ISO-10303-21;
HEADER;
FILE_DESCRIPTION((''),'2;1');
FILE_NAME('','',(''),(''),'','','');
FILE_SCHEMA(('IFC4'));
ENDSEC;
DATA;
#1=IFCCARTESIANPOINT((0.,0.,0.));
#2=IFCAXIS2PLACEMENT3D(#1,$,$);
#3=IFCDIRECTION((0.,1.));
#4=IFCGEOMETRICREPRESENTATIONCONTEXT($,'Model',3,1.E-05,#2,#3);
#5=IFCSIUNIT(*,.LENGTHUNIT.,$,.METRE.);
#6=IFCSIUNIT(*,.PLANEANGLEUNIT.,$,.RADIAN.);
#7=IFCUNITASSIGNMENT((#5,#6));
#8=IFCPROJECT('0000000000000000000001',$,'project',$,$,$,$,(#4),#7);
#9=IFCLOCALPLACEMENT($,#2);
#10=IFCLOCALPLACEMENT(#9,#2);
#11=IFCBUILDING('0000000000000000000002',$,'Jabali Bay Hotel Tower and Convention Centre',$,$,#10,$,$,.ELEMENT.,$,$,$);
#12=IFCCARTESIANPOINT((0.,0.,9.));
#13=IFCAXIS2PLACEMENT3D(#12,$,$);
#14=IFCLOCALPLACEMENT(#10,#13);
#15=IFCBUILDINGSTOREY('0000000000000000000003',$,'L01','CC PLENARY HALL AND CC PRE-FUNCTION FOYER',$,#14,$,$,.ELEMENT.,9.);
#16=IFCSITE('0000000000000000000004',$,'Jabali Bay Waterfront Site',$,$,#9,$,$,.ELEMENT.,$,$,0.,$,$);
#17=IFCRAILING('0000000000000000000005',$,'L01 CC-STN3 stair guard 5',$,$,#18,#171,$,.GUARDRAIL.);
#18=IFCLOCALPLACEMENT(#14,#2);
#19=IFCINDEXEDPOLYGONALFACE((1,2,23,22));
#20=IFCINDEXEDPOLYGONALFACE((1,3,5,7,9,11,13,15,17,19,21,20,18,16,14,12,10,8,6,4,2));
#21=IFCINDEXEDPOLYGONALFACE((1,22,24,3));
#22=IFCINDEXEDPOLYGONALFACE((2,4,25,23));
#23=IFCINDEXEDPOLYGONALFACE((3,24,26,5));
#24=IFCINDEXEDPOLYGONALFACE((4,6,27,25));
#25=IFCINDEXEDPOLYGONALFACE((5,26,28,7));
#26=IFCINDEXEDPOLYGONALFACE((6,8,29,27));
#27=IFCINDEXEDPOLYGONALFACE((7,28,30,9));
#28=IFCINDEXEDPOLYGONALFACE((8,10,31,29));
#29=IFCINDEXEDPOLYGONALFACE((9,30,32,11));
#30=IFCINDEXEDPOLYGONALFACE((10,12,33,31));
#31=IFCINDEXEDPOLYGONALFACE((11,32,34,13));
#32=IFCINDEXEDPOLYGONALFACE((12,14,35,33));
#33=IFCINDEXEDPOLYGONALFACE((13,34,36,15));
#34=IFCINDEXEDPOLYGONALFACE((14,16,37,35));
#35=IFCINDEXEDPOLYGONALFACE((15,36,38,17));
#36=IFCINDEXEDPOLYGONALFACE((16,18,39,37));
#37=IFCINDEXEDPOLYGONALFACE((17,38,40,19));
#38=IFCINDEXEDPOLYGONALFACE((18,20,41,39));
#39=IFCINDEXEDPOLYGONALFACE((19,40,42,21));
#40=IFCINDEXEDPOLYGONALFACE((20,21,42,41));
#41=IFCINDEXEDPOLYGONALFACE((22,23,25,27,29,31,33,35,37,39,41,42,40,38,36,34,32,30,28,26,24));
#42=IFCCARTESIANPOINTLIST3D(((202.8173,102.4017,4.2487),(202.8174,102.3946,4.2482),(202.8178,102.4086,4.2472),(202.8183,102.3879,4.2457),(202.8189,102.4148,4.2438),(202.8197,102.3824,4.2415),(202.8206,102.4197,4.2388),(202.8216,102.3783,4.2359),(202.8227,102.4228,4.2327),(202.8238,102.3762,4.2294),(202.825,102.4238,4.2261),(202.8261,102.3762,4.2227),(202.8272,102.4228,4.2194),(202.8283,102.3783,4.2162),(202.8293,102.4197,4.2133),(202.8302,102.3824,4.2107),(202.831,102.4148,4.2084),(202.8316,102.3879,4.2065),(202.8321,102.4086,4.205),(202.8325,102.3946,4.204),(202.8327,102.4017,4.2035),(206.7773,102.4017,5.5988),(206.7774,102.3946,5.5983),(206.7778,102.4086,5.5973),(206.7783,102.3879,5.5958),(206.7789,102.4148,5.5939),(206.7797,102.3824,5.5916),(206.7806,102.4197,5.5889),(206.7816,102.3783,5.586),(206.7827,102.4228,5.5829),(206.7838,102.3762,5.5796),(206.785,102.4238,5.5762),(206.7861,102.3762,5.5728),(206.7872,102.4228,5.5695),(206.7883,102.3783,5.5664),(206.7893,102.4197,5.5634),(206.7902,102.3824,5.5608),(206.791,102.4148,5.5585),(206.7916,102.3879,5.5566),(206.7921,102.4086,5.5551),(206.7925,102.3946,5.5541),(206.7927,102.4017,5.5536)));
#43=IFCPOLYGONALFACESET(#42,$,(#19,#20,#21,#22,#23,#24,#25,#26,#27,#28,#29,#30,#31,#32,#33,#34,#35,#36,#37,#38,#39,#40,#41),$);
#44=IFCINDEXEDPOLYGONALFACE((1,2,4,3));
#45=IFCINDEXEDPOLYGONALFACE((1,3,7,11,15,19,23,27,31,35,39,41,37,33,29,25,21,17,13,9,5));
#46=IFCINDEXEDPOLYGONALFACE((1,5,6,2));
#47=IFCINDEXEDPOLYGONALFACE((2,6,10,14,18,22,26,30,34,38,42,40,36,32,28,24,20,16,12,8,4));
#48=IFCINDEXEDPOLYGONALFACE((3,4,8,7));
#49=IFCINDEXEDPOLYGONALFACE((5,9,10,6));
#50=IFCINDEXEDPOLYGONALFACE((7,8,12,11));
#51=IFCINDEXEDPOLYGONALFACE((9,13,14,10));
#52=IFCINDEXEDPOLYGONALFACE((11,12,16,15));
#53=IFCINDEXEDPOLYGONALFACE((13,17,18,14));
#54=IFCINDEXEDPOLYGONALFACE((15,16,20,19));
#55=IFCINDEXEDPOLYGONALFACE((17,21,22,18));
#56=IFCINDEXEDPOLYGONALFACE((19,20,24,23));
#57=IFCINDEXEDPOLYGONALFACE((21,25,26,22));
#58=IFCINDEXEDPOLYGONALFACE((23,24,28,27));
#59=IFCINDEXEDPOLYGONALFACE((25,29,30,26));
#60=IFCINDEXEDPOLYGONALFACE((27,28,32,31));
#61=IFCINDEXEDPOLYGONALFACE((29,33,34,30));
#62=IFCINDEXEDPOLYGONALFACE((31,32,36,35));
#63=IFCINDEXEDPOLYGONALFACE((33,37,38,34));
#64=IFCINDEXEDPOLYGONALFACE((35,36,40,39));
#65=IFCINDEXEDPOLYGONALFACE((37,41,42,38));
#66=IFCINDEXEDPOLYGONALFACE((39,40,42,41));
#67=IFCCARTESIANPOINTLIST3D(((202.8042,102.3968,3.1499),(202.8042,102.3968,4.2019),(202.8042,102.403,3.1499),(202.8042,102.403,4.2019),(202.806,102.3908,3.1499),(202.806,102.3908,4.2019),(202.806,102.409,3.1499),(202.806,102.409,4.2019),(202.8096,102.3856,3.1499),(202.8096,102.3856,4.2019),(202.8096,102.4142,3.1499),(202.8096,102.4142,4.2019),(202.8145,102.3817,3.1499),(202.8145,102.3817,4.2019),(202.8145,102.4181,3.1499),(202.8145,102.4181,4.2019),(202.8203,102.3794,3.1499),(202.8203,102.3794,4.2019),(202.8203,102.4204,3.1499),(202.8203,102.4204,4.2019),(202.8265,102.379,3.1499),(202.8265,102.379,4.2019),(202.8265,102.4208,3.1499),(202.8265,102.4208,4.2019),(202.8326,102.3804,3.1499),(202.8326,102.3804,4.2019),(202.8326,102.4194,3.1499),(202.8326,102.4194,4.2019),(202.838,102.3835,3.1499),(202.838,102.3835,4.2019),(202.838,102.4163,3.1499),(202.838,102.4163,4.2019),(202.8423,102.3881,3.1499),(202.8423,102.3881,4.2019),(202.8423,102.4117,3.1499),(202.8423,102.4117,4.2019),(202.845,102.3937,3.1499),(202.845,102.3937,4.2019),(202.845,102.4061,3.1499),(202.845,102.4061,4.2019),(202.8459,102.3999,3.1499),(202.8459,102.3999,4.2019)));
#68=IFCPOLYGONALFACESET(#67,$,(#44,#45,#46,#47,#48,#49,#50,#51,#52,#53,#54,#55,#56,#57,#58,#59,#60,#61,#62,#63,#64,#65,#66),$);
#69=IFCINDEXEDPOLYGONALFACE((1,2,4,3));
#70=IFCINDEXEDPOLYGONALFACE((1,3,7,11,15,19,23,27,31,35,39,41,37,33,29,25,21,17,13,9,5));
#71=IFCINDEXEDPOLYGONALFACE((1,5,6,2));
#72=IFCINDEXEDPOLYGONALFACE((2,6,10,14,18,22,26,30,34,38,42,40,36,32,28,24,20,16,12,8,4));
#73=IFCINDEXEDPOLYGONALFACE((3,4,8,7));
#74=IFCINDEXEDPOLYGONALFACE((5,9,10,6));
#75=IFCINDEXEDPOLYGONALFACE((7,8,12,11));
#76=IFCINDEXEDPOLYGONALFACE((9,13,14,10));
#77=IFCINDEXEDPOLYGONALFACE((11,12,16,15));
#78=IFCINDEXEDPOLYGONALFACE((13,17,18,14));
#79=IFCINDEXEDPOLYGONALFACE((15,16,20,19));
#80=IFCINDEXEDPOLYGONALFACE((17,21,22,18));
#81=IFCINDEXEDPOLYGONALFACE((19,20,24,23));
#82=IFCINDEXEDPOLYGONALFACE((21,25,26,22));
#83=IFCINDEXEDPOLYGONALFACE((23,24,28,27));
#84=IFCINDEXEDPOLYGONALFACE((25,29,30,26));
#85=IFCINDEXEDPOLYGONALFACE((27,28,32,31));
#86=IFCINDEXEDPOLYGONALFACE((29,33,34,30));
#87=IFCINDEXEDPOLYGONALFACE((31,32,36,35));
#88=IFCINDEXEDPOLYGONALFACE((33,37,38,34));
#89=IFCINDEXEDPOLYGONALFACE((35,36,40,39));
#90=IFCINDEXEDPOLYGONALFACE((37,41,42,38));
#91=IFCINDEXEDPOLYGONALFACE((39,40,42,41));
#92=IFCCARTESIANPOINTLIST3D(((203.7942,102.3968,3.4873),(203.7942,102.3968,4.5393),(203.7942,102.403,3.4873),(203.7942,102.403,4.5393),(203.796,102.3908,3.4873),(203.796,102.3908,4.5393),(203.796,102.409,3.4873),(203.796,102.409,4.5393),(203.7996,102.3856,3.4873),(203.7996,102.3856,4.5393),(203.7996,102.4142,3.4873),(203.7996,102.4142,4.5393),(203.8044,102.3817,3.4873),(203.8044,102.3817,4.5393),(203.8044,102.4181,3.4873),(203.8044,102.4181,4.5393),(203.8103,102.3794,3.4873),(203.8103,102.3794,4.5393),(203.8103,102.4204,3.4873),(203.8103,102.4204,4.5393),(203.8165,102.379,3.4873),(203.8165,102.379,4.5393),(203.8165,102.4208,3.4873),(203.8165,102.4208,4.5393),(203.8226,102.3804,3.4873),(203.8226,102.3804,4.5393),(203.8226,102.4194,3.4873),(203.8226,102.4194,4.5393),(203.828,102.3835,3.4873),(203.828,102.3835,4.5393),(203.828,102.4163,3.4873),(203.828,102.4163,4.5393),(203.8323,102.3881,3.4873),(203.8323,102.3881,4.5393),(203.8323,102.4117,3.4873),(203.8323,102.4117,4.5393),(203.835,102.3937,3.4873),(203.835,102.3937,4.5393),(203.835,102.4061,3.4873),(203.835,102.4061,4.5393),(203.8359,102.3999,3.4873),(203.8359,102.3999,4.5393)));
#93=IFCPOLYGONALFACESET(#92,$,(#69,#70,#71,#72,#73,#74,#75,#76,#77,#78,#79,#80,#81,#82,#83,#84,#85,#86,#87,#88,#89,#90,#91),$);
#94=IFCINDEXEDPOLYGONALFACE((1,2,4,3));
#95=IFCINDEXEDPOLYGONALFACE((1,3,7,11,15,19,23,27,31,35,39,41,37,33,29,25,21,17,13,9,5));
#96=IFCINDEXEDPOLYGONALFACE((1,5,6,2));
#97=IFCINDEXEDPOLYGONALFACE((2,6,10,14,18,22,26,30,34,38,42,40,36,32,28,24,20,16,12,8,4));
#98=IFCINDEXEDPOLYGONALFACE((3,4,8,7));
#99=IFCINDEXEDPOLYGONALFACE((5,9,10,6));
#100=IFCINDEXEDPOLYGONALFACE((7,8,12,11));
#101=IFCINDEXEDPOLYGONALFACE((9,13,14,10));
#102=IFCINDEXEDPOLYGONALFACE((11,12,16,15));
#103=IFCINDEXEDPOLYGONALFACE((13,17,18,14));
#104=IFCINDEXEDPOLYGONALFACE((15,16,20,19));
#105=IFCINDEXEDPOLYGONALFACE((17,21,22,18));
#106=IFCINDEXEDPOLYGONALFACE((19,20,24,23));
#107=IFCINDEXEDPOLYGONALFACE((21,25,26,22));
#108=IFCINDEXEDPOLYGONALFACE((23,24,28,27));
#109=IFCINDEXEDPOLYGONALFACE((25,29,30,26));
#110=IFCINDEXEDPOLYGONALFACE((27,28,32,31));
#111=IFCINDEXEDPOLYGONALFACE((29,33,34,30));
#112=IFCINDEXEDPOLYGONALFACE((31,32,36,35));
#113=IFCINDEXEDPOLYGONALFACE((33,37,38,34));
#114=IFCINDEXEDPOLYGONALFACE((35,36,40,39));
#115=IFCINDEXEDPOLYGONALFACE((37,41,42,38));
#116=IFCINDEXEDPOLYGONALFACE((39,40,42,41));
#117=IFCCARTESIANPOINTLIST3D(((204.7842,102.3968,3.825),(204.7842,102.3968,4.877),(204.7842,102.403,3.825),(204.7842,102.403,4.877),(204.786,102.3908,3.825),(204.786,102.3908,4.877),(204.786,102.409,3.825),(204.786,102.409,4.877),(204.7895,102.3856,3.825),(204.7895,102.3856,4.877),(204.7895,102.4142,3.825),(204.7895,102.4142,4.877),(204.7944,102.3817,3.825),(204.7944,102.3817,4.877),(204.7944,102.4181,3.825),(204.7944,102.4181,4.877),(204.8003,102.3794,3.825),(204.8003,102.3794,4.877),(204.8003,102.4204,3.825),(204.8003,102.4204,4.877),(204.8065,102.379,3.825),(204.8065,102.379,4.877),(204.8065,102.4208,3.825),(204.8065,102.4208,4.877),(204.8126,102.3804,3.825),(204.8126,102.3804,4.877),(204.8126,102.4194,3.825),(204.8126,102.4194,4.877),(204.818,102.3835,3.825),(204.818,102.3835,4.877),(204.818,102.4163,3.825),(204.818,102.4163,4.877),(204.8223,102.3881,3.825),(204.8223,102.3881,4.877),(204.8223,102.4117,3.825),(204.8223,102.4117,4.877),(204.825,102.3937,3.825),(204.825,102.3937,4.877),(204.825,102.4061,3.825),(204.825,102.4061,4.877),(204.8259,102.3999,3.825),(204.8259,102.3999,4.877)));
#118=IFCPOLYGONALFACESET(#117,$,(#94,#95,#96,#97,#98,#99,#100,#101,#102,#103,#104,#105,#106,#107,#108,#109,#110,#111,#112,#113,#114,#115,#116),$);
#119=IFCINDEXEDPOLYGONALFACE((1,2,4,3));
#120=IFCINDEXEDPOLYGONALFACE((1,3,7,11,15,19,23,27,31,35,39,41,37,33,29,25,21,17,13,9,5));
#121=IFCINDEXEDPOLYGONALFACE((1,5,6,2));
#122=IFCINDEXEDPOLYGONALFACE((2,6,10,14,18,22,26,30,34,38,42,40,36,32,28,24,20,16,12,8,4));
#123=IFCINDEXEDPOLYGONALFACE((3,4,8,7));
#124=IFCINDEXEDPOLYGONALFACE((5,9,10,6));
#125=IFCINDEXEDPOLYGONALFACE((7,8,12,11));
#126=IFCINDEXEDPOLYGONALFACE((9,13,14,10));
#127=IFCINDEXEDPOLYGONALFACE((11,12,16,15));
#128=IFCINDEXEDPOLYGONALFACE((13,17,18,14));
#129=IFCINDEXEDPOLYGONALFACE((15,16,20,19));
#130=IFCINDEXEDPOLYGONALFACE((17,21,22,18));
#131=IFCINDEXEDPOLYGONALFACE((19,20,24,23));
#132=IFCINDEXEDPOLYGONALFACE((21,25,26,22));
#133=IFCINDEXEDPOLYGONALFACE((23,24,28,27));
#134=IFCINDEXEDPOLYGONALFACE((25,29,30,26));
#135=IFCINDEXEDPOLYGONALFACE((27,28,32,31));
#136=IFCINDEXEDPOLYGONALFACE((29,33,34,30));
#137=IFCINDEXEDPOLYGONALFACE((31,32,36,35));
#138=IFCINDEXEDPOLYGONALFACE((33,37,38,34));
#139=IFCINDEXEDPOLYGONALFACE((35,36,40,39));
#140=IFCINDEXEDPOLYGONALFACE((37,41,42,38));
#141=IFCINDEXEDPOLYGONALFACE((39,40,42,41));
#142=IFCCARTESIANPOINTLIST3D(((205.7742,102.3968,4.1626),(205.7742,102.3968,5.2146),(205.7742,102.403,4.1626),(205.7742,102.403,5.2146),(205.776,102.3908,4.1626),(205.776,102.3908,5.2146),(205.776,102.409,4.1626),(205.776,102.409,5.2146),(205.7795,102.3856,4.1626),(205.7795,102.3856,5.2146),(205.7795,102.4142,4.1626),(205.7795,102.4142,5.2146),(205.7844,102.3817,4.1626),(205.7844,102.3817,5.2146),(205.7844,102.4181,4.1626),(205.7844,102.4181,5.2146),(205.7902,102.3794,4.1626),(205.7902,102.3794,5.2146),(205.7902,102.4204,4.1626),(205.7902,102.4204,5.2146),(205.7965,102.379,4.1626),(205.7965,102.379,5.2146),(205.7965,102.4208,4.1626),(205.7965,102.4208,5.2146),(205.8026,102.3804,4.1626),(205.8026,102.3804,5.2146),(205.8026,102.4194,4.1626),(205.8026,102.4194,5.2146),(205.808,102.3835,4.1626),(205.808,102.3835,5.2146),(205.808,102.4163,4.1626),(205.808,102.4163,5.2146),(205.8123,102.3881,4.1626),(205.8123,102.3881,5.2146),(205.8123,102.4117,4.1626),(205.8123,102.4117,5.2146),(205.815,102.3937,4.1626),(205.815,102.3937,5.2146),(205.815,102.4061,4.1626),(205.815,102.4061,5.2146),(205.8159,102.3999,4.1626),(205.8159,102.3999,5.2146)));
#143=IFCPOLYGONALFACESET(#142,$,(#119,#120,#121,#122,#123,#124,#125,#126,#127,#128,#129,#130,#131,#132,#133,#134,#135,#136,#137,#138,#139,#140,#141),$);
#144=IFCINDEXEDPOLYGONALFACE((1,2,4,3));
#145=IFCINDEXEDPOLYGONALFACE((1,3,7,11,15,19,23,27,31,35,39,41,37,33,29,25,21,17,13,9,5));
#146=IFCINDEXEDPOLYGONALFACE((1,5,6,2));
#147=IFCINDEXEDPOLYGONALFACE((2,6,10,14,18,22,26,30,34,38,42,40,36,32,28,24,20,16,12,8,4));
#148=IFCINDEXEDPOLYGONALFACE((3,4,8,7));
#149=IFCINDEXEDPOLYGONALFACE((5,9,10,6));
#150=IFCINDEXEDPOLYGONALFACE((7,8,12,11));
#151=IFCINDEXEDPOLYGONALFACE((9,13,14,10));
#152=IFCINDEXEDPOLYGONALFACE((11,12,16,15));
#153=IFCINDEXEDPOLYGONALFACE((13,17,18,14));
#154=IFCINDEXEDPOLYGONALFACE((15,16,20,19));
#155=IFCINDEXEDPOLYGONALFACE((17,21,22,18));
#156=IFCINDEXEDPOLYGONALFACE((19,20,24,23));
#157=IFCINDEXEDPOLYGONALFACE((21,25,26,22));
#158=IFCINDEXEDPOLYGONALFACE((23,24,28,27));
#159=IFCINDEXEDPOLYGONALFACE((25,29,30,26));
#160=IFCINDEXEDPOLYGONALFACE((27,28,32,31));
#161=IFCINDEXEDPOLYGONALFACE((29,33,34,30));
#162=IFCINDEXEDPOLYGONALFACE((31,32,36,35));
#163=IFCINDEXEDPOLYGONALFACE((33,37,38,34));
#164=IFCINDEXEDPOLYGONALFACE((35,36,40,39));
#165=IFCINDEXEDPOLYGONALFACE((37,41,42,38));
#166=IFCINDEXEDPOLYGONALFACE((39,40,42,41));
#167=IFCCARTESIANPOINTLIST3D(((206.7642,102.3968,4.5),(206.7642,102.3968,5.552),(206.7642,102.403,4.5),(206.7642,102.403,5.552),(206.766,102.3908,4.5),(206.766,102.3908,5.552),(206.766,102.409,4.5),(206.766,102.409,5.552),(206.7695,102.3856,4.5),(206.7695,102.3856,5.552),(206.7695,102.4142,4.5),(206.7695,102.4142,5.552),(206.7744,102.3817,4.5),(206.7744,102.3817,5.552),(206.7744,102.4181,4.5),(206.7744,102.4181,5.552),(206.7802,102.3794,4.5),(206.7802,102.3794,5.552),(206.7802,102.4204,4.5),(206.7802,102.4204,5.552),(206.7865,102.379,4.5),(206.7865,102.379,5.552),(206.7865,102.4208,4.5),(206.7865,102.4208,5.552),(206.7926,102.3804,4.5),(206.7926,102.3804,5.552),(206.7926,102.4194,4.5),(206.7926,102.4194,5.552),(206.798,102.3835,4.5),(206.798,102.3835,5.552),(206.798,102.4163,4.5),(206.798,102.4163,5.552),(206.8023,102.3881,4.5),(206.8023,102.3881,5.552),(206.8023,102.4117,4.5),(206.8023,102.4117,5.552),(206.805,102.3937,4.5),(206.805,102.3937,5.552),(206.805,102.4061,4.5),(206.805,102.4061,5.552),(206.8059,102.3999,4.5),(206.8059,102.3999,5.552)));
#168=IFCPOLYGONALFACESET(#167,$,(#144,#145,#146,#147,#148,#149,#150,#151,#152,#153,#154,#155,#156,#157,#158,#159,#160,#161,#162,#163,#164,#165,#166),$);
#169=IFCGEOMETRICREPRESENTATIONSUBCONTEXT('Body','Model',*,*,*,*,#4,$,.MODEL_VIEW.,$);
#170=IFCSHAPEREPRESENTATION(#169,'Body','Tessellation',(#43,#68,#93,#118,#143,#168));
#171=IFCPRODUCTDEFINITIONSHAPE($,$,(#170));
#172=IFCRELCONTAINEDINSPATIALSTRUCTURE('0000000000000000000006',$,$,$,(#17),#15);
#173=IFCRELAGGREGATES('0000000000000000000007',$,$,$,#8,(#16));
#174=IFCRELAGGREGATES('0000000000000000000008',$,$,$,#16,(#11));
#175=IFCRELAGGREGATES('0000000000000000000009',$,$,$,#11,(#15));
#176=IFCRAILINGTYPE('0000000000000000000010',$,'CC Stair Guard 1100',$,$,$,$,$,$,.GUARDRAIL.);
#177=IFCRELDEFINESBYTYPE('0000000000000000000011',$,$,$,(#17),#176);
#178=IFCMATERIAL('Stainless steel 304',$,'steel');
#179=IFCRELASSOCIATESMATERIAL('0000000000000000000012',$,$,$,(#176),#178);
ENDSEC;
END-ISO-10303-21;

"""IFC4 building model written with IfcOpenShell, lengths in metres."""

from ifc_helpers import new_model, si_unit, direction, frame, origin, origin_2d, place, context, subcontext, project, spatial, circle, extrude, material, type_object, element, save


model = new_model("IFC4")

# Units and contexts
model_context = context("Model", 3, precision=1e-05, world=origin(), true_north=direction((0.0, 1.0)))
body_context = subcontext(model_context, "Body", "Model", "MODEL_VIEW")
ifc_project = project(units=[si_unit("LENGTHUNIT", "METRE"), si_unit("PLANEANGLEUNIT", "RADIAN")], contexts=[model_context])

# Site, building, storey
site_placement = place(None, origin())
site = spatial("IfcSite", under=ifc_project, at=site_placement, Name="Jabali Bay Waterfront Site", CompositionType="ELEMENT", RefElevation=0.0)
building_placement = place(site_placement, origin())
building = spatial("IfcBuilding", under=site, at=building_placement, Name="Jabali Bay Hotel Tower and Convention Centre", CompositionType="ELEMENT")
storey_placement = place(building_placement, frame((0.0, 0.0, 9.0)))
storey = spatial("IfcBuildingStorey", under=building, at=storey_placement, Name="L01", Description="CC PLENARY HALL AND CC PRE-FUNCTION FOYER", CompositionType="ELEMENT", Elevation=9.0)

# Railing
ifc_material_1 = material(Name="Stainless steel 304", Category="steel")
railing_type_1 = type_object("IfcRailingType", Name="CC Stair Guard 1100", PredefinedType="GUARDRAIL", material=ifc_material_1)
railing_1_placement = place(storey_placement, frame((202.825, 102.3999, 3.1499)))
element("IfcRailing", 1, at=railing_1_placement, inside=storey, type_object=railing_type_1, Name="L01 CC-STN3 stair guard 5", PredefinedType="GUARDRAIL", context=body_context, shape_type="SweptSolid", body=[
    extrude(circle(Radius=0.0239, at=origin_2d()), frame((0.0, 0.0, 1.0762), z_axis=(0.946502, 0.0, 0.322698), x_axis=(0.0, 1.0, 0.0)), (0.0, 0.0, 1.0), 4.1838),
    extrude(circle(Radius=0.021, at=origin_2d()), origin(), (0.0, 0.0, 1.0), 1.052),
    extrude(circle(Radius=0.021, at=origin_2d()), frame((0.99, 0.0, 0.3374)), (0.0, 0.0, 1.0), 1.052),
    extrude(circle(Radius=0.021, at=origin_2d()), frame((1.98, 0.0, 0.675)), (0.0, 0.0, 1.0), 1.052),
    extrude(circle(Radius=0.021, at=origin_2d()), frame((2.97, 0.0, 1.0127)), (0.0, 0.0, 1.0), 1.052),
    extrude(circle(Radius=0.021, at=origin_2d()), frame((3.96, 0.0, 1.3501)), (0.0, 0.0, 1.0), 1.052),
])

save(model, "model.ifc")
